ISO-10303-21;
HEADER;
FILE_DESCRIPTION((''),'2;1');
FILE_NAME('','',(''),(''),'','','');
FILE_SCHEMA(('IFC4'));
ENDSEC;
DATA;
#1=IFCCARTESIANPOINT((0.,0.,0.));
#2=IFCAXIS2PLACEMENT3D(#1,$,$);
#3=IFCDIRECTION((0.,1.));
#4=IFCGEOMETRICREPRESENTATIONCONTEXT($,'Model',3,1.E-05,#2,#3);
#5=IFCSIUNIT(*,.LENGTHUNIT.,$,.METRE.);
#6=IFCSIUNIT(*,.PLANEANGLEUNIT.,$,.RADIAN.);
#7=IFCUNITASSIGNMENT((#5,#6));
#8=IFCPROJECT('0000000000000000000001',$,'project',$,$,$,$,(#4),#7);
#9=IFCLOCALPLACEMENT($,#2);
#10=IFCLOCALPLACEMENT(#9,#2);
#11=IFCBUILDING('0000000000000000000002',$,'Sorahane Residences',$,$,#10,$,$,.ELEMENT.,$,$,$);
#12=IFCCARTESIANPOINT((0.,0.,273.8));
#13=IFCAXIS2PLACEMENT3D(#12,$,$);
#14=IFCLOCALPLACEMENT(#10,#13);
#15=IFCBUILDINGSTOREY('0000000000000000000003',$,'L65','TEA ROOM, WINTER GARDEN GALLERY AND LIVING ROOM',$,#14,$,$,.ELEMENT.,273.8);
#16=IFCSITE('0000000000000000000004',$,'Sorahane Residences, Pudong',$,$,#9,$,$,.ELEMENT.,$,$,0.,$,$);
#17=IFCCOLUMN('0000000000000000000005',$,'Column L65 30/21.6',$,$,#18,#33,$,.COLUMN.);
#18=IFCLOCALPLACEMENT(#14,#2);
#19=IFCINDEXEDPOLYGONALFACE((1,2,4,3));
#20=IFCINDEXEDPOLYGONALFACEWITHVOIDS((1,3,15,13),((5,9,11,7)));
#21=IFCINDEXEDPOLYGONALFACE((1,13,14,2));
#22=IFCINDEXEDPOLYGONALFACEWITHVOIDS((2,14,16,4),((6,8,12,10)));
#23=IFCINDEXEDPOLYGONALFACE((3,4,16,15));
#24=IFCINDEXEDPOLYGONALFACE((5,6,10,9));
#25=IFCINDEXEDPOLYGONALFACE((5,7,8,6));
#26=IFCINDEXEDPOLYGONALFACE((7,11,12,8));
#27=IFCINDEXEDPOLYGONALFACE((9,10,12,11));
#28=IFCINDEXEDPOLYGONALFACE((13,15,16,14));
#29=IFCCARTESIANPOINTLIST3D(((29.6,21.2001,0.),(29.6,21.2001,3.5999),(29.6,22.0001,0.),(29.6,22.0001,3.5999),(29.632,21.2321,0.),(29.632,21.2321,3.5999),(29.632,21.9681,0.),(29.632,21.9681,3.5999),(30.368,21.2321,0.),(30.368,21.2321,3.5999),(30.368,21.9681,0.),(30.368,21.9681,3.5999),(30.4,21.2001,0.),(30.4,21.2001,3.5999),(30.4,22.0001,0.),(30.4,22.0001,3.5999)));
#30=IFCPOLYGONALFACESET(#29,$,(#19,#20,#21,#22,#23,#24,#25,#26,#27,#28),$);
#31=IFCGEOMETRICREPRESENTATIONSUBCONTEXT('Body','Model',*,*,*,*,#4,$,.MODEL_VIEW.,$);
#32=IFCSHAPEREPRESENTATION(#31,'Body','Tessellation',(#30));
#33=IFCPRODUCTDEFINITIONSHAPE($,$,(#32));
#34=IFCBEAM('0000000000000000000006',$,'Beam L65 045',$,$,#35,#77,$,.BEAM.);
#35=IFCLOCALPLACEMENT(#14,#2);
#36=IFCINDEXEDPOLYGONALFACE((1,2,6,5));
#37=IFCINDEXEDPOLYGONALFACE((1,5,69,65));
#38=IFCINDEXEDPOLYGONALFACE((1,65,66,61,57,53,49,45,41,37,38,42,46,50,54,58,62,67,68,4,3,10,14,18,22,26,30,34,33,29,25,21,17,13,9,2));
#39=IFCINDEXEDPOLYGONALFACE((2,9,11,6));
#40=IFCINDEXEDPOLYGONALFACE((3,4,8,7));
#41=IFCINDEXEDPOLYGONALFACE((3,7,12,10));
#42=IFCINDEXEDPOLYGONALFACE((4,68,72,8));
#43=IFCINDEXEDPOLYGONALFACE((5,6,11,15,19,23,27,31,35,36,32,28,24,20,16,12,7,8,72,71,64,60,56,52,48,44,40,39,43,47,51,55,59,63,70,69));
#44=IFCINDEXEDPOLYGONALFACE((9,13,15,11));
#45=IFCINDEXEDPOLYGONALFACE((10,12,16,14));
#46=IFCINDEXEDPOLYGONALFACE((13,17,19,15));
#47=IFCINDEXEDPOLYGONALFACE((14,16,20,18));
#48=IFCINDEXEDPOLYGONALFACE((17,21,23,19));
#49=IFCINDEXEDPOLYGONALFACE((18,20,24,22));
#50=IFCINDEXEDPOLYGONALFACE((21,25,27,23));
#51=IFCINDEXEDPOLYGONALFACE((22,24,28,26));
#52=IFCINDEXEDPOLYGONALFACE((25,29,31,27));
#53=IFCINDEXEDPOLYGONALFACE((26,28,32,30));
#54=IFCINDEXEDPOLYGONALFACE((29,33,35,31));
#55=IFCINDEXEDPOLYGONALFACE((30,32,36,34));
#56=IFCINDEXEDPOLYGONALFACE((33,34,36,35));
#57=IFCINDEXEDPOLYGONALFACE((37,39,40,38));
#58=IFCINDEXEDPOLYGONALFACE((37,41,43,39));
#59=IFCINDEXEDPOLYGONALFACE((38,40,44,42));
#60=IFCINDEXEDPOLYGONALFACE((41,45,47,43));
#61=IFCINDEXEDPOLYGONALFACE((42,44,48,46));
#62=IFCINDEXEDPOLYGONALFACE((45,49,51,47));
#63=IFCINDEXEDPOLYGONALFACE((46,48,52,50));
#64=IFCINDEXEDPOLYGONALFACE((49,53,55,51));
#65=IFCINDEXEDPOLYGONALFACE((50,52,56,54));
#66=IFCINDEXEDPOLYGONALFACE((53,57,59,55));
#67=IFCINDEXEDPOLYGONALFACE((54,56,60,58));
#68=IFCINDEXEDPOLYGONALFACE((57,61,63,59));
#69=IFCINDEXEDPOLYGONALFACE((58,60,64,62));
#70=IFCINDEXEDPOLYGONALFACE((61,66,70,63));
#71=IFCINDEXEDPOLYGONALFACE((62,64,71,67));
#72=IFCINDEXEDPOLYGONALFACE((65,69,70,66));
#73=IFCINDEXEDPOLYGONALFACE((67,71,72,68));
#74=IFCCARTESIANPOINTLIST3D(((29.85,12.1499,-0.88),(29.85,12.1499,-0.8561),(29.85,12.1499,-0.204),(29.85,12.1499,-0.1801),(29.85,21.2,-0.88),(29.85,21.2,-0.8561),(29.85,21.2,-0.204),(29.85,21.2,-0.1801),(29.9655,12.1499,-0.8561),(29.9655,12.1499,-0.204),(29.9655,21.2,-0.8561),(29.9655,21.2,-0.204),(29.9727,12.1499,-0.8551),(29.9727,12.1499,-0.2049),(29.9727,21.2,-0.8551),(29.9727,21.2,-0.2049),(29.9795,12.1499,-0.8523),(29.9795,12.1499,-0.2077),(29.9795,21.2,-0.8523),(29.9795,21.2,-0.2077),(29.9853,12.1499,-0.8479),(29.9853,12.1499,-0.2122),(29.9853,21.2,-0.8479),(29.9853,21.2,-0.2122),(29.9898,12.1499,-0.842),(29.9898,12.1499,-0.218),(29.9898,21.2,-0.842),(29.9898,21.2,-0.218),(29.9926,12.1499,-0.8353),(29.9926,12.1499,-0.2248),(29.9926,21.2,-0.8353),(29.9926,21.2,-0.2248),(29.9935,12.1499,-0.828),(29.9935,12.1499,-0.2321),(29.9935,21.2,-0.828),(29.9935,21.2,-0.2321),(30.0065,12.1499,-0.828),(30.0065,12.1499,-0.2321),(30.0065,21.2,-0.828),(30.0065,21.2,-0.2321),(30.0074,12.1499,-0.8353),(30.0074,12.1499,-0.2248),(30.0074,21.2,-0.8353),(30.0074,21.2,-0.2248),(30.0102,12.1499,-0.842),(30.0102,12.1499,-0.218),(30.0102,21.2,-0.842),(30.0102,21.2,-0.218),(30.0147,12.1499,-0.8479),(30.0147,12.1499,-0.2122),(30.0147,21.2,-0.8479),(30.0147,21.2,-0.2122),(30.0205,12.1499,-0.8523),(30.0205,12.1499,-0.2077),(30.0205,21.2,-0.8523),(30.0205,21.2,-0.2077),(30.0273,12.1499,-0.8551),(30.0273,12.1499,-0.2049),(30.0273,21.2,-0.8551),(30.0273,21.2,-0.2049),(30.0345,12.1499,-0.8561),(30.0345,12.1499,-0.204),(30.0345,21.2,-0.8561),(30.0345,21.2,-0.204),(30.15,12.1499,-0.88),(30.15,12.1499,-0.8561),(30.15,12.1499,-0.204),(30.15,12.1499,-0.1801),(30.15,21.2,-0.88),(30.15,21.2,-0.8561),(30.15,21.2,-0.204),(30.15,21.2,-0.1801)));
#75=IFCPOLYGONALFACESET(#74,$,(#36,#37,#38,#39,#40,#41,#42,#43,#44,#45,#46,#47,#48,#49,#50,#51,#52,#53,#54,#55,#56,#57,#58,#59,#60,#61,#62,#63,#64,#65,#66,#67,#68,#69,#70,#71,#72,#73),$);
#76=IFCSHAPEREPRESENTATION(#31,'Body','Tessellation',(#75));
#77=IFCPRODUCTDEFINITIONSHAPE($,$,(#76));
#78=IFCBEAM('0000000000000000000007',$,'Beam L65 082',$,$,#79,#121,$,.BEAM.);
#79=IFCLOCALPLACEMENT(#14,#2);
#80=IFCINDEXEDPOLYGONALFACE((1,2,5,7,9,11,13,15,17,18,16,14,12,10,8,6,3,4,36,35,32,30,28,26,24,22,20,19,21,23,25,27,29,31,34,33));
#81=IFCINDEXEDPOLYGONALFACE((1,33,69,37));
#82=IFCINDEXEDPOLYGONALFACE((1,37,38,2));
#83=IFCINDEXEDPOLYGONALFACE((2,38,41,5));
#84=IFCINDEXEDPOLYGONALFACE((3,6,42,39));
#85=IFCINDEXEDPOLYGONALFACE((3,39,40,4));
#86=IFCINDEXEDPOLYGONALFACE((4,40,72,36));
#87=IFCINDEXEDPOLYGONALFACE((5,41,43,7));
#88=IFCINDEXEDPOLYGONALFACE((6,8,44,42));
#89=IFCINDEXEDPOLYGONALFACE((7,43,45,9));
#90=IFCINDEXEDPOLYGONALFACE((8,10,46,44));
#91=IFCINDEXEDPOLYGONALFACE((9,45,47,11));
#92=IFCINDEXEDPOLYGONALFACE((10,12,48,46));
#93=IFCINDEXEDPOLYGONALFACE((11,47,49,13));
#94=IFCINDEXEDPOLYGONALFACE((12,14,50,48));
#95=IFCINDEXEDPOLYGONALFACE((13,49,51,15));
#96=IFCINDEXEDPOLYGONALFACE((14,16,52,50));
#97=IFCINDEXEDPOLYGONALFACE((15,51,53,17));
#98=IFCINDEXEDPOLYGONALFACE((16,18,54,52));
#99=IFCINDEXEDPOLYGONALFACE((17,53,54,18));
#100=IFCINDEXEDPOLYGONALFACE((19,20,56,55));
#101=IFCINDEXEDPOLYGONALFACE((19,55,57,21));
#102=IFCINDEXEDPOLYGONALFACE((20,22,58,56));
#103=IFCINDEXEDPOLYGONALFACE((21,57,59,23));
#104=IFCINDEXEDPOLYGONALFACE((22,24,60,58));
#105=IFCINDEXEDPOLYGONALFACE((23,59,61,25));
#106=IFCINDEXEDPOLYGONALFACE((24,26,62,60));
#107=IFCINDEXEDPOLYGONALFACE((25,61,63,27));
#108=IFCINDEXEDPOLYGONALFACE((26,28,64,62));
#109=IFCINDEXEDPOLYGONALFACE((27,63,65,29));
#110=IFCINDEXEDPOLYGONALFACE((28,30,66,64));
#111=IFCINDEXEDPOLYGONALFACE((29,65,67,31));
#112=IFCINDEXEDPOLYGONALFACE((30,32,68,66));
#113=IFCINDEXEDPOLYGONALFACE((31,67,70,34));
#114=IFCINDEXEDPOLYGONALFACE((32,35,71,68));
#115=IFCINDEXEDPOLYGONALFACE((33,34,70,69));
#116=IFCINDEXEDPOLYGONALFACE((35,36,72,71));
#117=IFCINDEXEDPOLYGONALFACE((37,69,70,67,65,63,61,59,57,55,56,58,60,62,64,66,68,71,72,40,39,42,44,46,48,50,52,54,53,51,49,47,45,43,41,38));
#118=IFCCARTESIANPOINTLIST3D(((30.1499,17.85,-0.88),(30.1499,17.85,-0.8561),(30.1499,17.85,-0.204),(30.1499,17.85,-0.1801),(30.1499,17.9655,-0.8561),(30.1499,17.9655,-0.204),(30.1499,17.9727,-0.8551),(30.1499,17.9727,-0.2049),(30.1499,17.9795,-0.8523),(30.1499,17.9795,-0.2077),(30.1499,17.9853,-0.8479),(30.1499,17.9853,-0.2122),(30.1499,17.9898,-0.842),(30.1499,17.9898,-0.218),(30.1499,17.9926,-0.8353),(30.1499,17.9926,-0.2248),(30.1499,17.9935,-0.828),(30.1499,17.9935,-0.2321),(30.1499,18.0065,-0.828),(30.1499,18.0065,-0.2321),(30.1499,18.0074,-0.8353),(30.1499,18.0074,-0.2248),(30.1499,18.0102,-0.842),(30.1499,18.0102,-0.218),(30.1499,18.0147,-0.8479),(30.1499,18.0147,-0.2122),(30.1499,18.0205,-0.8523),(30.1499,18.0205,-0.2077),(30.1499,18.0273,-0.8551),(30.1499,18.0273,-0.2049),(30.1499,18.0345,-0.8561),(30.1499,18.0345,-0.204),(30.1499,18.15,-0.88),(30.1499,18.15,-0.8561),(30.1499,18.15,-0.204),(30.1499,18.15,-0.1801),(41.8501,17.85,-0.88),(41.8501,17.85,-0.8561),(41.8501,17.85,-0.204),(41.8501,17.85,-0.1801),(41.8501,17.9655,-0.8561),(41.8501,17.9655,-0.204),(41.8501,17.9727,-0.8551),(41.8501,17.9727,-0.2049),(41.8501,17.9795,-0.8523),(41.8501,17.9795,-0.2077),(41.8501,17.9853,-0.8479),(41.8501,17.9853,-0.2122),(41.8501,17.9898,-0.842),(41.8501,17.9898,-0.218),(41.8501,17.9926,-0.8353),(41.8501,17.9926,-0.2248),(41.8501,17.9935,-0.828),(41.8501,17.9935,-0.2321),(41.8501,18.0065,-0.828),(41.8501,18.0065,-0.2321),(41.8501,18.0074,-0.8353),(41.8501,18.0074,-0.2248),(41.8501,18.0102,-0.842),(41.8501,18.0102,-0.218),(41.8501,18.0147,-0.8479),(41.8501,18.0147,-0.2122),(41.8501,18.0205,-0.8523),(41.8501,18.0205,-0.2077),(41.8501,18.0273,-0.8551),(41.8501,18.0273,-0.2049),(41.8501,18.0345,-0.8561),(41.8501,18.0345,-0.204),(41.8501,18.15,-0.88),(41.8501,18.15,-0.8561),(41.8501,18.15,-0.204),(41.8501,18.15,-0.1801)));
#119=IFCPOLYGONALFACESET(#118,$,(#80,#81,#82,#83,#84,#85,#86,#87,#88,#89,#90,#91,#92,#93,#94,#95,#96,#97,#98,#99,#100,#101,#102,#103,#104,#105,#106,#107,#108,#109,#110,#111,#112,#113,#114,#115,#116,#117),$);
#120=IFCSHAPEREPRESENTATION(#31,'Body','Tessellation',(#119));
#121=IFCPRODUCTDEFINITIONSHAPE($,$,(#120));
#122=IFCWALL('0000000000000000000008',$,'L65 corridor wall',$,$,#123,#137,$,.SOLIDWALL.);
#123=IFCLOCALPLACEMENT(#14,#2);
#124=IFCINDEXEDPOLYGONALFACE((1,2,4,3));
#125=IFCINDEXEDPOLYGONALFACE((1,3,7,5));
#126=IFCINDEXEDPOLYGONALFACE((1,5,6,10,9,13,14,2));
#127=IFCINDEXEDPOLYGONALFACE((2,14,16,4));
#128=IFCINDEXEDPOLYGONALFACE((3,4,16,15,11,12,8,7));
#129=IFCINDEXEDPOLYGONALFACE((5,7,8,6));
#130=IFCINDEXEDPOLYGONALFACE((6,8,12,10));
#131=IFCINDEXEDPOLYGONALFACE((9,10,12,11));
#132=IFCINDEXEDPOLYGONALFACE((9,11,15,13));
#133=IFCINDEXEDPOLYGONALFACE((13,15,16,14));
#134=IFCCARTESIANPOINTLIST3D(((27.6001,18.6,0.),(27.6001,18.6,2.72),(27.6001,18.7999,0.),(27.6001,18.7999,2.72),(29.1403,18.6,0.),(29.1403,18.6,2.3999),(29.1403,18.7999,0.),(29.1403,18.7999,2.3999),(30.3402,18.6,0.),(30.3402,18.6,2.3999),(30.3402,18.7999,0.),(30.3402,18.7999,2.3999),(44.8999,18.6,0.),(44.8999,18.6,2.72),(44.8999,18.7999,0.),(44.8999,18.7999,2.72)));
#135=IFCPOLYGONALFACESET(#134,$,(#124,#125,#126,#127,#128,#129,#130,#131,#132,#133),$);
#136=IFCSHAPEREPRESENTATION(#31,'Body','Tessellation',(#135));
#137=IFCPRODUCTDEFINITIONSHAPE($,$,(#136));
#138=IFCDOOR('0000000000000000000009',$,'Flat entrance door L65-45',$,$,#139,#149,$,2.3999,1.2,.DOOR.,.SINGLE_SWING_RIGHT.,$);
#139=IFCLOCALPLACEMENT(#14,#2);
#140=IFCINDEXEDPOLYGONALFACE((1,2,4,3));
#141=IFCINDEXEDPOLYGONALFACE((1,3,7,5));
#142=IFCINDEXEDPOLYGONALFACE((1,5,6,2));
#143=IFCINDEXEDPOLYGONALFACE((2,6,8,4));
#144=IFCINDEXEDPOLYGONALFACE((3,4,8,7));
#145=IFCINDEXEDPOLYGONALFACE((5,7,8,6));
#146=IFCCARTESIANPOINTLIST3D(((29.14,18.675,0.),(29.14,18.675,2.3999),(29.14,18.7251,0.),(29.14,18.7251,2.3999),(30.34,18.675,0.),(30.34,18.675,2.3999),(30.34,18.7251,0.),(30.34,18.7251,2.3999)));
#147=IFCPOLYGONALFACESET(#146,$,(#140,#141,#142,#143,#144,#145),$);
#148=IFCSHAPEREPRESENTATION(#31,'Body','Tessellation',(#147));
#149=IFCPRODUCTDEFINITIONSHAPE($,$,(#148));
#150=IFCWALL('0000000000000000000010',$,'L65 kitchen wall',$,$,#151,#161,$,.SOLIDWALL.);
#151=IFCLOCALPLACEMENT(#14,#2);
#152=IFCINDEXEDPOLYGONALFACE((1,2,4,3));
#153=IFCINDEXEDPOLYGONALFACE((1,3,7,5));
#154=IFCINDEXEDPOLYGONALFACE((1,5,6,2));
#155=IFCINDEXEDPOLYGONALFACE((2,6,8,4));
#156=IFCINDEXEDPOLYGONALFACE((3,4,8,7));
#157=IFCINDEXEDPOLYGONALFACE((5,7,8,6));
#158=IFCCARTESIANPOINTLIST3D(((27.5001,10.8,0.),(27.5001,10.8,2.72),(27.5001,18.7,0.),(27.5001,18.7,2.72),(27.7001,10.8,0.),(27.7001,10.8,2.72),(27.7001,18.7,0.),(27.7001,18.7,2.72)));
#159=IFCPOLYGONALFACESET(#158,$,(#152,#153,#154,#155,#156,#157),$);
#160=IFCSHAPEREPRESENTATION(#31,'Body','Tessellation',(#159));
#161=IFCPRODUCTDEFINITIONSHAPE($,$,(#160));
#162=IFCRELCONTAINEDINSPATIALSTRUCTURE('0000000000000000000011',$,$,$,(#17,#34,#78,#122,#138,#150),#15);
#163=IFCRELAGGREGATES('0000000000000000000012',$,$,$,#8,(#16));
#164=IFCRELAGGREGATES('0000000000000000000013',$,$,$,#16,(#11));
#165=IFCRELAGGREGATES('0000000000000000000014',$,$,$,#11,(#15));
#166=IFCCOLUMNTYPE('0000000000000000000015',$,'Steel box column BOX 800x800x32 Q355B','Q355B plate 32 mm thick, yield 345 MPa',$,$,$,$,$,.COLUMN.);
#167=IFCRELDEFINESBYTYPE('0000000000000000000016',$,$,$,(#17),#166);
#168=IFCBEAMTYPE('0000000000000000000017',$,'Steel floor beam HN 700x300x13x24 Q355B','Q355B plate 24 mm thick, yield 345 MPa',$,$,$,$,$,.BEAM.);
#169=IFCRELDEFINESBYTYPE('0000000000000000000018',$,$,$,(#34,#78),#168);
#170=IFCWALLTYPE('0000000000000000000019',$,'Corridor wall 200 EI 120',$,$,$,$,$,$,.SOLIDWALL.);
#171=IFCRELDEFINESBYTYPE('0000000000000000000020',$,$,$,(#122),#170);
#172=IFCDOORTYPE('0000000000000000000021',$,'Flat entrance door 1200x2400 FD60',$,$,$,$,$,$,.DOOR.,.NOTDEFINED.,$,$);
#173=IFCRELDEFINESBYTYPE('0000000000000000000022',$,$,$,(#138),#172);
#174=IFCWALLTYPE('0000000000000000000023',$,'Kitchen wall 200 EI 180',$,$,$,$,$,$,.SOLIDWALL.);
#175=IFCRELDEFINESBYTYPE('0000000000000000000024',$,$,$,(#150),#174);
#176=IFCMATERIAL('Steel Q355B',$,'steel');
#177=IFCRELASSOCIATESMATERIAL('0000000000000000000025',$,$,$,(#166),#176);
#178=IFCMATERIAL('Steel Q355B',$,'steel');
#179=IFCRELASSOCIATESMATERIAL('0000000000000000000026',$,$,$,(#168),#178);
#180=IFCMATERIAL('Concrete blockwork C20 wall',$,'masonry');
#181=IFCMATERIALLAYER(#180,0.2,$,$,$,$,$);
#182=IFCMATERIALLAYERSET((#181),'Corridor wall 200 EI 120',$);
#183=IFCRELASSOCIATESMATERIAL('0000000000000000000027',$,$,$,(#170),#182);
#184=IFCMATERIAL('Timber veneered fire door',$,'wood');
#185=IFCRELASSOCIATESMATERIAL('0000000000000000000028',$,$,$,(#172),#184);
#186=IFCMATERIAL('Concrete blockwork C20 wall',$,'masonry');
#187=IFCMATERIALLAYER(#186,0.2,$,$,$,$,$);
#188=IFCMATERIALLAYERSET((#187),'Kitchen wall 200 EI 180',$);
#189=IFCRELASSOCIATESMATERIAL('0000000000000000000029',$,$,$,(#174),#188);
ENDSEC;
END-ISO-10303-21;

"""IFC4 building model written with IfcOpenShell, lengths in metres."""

from ifc_helpers import new_model, si_unit, direction, frame, frame_2d, origin, origin_2d, place, context, subcontext, project, spatial, rectangle, hollow_rectangle, i_section, extrude, material, layer, layer_set, material_profile, profile_set, type_object, element, fill, save


model = new_model("IFC4")

# Units and contexts
model_context = context("Model", 3, precision=1e-05, world=origin(), true_north=direction((0.0, 1.0)))
body_context = subcontext(model_context, "Body", "Model", "MODEL_VIEW")
ifc_project = project(units=[si_unit("LENGTHUNIT", "METRE"), si_unit("PLANEANGLEUNIT", "RADIAN")], contexts=[model_context])

# Site, building, storey
site_placement = place(None, origin())
site = spatial("IfcSite", under=ifc_project, at=site_placement, Name="Sorahane Residences, Pudong", CompositionType="ELEMENT", RefElevation=0.0)
building_placement = place(site_placement, origin())
building = spatial("IfcBuilding", under=site, at=building_placement, Name="Sorahane Residences", CompositionType="ELEMENT")
storey_placement = place(building_placement, frame((0.0, 0.0, 273.8)))
storey = spatial("IfcBuildingStorey", under=building, at=storey_placement, Name="L65", Description="TEA ROOM, WINTER GARDEN GALLERY AND LIVING ROOM", CompositionType="ELEMENT", Elevation=273.8)

# Column
ifc_material_1 = material(Name="Steel Q355B", Category="steel")
ifc_material_profile_1 = material_profile(ifc_material_1, hollow_rectangle(XDim=0.8, YDim=0.8, WallThickness=0.032, at=origin_2d()), Name="BOX 800x800x32")
ifc_profile_set_1 = profile_set([ifc_material_profile_1], Name="Steel Q355B")
column_type = type_object("IfcColumnType", Name="Steel box column BOX 800x800x32 Q355B", Description="Q355B plate 32 mm thick, yield 345 MPa", PredefinedType="COLUMN", material=ifc_profile_set_1)
column_placement = place(storey_placement, frame((30.0, 21.6001, 0.0), z_axis=(0.0, 0.0, 1.0), x_axis=(1.0, 0.0, 0.0)))
element("IfcColumn", 1, at=column_placement, inside=storey, type_object=column_type, Name="Column L65 30/21.6", PredefinedType="COLUMN", context=body_context, shape_type="SweptSolid", body=[
    extrude(hollow_rectangle(XDim=0.8, YDim=0.8, WallThickness=0.032, at=origin_2d()), origin(), (0.0, 0.0, 1.0), 3.5999),
])

# Beams
ifc_material_2 = material(Name="Steel Q355B", Category="steel")
ifc_material_profile_2 = material_profile(ifc_material_2, i_section(OverallWidth=0.3, OverallDepth=0.7, WebThickness=0.0129, FlangeThickness=0.0239, FilletRadius=0.0281, at=origin_2d()), Name="HN 700x300x13x24")
ifc_profile_set_2 = profile_set([ifc_material_profile_2], Name="Steel Q355B")
beam_type = type_object("IfcBeamType", Name="Steel floor beam HN 700x300x13x24 Q355B", Description="Q355B plate 24 mm thick, yield 345 MPa", PredefinedType="BEAM", material=ifc_profile_set_2)
beam_1_placement = place(storey_placement, frame((30.0, 12.1499, -0.53), z_axis=(0.0, 1.0, 0.0), x_axis=(-1.0, 0.0, 0.0)))
element("IfcBeam", 2, at=beam_1_placement, inside=storey, type_object=beam_type, Name="Beam L65 045", PredefinedType="BEAM", context=body_context, shape_type="SweptSolid", body=[
    extrude(i_section(OverallWidth=0.3, OverallDepth=0.7, WebThickness=0.0129, FlangeThickness=0.0239, FilletRadius=0.0281, at=origin_2d()), origin(), (0.0, 0.0, 1.0), 9.05),
])
beam_2_placement = place(storey_placement, frame((30.1499, 18.0, -0.53), z_axis=(1.0, 0.0, 0.0), x_axis=(0.0, 1.0, 0.0)))
element("IfcBeam", 3, at=beam_2_placement, inside=storey, type_object=beam_type, Name="Beam L65 082", PredefinedType="BEAM", context=body_context, shape_type="SweptSolid", body=[
    extrude(i_section(OverallWidth=0.3, OverallDepth=0.7, WebThickness=0.0129, FlangeThickness=0.0239, FilletRadius=0.0281, at=origin_2d()), origin(), (0.0, 0.0, 1.0), 11.7002),
])

# Wall, opening, door
ifc_material_3 = material(Name="Concrete blockwork C20 wall", Category="masonry")
ifc_layer_1 = layer(ifc_material_3, 0.2)
ifc_layer_set_1 = layer_set([ifc_layer_1], Name="Corridor wall 200 EI 120")
wall_type_1 = type_object("IfcWallType", Name="Corridor wall 200 EI 120", PredefinedType="SOLIDWALL", material=ifc_layer_set_1)
wall_1_placement = place(storey_placement, frame((27.6001, 18.7, 0.0), z_axis=(0.0, 0.0, 1.0), x_axis=(1.0, 0.0, 0.0)))
wall_1 = element("IfcWall", 4, at=wall_1_placement, inside=storey, type_object=wall_type_1, Name="L65 corridor wall", PredefinedType="SOLIDWALL", context=body_context, shape_type="SweptSolid", body=[
    extrude(rectangle(XDim=17.2998, YDim=0.2, at=frame_2d((8.6499, 0.0))), origin(), (0.0, 0.0, 1.0), 2.72),
])
opening_1_placement = place(wall_1_placement, frame((1.54, 0.0, 0.0)))
opening_1 = element("IfcOpeningElement", 5, at=opening_1_placement, cuts=wall_1, PredefinedType="OPENING", context=body_context, shape_type="SweptSolid", body=[
    extrude(rectangle(XDim=1.2, YDim=2.3999, at=frame_2d((0.6001, 1.2))), frame((0.0, 0.1099, 0.0), z_axis=(0.0, -1.0, 0.0), x_axis=(1.0, 0.0, 0.0)), (0.0, 0.0, 1.0), 0.22),
])
ifc_material_4 = material(Name="Timber veneered fire door", Category="wood")
door_type_1 = type_object("IfcDoorType", Name="Flat entrance door 1200x2400 FD60", OperationType="NOTDEFINED", PredefinedType="DOOR", material=ifc_material_4)
door_1_placement = place(opening_1_placement, frame((1.2, 0.0, 0.0), z_axis=(0.0, 0.0, 1.0), x_axis=(-1.0, 0.0, 0.0)))
door_1 = element("IfcDoor", 6, at=door_1_placement, inside=storey, type_object=door_type_1, Name="Flat entrance door L65-45", OperationType="SINGLE_SWING_RIGHT", OverallHeight=2.3999, OverallWidth=1.2, PredefinedType="DOOR", context=body_context, shape_type="SweptSolid", body=[
    extrude(rectangle(XDim=1.2, YDim=2.3999, at=frame_2d((0.6001, 1.2))), frame((0.0, 0.0249, 0.0), z_axis=(0.0, -1.0, 0.0), x_axis=(1.0, 0.0, 0.0)), (0.0, 0.0, 1.0), 0.05),
])
fill(opening_1, door_1)

# Wall
ifc_material_5 = material(Name="Concrete blockwork C20 wall", Category="masonry")
ifc_layer_2 = layer(ifc_material_5, 0.2)
ifc_layer_set_2 = layer_set([ifc_layer_2], Name="Kitchen wall 200 EI 180")
wall_type_2 = type_object("IfcWallType", Name="Kitchen wall 200 EI 180", PredefinedType="SOLIDWALL", material=ifc_layer_set_2)
wall_2_placement = place(storey_placement, frame((27.6001, 10.8, 0.0), z_axis=(0.0, 0.0, 1.0), x_axis=(0.0, 1.0, 0.0)))
element("IfcWall", 7, at=wall_2_placement, inside=storey, type_object=wall_type_2, Name="L65 kitchen wall", PredefinedType="SOLIDWALL", context=body_context, shape_type="SweptSolid", body=[
    extrude(rectangle(XDim=7.8999, YDim=0.2, at=frame_2d((3.95, 0.0))), origin(), (0.0, 0.0, 1.0), 2.72),
])

save(model, "model.ifc")
